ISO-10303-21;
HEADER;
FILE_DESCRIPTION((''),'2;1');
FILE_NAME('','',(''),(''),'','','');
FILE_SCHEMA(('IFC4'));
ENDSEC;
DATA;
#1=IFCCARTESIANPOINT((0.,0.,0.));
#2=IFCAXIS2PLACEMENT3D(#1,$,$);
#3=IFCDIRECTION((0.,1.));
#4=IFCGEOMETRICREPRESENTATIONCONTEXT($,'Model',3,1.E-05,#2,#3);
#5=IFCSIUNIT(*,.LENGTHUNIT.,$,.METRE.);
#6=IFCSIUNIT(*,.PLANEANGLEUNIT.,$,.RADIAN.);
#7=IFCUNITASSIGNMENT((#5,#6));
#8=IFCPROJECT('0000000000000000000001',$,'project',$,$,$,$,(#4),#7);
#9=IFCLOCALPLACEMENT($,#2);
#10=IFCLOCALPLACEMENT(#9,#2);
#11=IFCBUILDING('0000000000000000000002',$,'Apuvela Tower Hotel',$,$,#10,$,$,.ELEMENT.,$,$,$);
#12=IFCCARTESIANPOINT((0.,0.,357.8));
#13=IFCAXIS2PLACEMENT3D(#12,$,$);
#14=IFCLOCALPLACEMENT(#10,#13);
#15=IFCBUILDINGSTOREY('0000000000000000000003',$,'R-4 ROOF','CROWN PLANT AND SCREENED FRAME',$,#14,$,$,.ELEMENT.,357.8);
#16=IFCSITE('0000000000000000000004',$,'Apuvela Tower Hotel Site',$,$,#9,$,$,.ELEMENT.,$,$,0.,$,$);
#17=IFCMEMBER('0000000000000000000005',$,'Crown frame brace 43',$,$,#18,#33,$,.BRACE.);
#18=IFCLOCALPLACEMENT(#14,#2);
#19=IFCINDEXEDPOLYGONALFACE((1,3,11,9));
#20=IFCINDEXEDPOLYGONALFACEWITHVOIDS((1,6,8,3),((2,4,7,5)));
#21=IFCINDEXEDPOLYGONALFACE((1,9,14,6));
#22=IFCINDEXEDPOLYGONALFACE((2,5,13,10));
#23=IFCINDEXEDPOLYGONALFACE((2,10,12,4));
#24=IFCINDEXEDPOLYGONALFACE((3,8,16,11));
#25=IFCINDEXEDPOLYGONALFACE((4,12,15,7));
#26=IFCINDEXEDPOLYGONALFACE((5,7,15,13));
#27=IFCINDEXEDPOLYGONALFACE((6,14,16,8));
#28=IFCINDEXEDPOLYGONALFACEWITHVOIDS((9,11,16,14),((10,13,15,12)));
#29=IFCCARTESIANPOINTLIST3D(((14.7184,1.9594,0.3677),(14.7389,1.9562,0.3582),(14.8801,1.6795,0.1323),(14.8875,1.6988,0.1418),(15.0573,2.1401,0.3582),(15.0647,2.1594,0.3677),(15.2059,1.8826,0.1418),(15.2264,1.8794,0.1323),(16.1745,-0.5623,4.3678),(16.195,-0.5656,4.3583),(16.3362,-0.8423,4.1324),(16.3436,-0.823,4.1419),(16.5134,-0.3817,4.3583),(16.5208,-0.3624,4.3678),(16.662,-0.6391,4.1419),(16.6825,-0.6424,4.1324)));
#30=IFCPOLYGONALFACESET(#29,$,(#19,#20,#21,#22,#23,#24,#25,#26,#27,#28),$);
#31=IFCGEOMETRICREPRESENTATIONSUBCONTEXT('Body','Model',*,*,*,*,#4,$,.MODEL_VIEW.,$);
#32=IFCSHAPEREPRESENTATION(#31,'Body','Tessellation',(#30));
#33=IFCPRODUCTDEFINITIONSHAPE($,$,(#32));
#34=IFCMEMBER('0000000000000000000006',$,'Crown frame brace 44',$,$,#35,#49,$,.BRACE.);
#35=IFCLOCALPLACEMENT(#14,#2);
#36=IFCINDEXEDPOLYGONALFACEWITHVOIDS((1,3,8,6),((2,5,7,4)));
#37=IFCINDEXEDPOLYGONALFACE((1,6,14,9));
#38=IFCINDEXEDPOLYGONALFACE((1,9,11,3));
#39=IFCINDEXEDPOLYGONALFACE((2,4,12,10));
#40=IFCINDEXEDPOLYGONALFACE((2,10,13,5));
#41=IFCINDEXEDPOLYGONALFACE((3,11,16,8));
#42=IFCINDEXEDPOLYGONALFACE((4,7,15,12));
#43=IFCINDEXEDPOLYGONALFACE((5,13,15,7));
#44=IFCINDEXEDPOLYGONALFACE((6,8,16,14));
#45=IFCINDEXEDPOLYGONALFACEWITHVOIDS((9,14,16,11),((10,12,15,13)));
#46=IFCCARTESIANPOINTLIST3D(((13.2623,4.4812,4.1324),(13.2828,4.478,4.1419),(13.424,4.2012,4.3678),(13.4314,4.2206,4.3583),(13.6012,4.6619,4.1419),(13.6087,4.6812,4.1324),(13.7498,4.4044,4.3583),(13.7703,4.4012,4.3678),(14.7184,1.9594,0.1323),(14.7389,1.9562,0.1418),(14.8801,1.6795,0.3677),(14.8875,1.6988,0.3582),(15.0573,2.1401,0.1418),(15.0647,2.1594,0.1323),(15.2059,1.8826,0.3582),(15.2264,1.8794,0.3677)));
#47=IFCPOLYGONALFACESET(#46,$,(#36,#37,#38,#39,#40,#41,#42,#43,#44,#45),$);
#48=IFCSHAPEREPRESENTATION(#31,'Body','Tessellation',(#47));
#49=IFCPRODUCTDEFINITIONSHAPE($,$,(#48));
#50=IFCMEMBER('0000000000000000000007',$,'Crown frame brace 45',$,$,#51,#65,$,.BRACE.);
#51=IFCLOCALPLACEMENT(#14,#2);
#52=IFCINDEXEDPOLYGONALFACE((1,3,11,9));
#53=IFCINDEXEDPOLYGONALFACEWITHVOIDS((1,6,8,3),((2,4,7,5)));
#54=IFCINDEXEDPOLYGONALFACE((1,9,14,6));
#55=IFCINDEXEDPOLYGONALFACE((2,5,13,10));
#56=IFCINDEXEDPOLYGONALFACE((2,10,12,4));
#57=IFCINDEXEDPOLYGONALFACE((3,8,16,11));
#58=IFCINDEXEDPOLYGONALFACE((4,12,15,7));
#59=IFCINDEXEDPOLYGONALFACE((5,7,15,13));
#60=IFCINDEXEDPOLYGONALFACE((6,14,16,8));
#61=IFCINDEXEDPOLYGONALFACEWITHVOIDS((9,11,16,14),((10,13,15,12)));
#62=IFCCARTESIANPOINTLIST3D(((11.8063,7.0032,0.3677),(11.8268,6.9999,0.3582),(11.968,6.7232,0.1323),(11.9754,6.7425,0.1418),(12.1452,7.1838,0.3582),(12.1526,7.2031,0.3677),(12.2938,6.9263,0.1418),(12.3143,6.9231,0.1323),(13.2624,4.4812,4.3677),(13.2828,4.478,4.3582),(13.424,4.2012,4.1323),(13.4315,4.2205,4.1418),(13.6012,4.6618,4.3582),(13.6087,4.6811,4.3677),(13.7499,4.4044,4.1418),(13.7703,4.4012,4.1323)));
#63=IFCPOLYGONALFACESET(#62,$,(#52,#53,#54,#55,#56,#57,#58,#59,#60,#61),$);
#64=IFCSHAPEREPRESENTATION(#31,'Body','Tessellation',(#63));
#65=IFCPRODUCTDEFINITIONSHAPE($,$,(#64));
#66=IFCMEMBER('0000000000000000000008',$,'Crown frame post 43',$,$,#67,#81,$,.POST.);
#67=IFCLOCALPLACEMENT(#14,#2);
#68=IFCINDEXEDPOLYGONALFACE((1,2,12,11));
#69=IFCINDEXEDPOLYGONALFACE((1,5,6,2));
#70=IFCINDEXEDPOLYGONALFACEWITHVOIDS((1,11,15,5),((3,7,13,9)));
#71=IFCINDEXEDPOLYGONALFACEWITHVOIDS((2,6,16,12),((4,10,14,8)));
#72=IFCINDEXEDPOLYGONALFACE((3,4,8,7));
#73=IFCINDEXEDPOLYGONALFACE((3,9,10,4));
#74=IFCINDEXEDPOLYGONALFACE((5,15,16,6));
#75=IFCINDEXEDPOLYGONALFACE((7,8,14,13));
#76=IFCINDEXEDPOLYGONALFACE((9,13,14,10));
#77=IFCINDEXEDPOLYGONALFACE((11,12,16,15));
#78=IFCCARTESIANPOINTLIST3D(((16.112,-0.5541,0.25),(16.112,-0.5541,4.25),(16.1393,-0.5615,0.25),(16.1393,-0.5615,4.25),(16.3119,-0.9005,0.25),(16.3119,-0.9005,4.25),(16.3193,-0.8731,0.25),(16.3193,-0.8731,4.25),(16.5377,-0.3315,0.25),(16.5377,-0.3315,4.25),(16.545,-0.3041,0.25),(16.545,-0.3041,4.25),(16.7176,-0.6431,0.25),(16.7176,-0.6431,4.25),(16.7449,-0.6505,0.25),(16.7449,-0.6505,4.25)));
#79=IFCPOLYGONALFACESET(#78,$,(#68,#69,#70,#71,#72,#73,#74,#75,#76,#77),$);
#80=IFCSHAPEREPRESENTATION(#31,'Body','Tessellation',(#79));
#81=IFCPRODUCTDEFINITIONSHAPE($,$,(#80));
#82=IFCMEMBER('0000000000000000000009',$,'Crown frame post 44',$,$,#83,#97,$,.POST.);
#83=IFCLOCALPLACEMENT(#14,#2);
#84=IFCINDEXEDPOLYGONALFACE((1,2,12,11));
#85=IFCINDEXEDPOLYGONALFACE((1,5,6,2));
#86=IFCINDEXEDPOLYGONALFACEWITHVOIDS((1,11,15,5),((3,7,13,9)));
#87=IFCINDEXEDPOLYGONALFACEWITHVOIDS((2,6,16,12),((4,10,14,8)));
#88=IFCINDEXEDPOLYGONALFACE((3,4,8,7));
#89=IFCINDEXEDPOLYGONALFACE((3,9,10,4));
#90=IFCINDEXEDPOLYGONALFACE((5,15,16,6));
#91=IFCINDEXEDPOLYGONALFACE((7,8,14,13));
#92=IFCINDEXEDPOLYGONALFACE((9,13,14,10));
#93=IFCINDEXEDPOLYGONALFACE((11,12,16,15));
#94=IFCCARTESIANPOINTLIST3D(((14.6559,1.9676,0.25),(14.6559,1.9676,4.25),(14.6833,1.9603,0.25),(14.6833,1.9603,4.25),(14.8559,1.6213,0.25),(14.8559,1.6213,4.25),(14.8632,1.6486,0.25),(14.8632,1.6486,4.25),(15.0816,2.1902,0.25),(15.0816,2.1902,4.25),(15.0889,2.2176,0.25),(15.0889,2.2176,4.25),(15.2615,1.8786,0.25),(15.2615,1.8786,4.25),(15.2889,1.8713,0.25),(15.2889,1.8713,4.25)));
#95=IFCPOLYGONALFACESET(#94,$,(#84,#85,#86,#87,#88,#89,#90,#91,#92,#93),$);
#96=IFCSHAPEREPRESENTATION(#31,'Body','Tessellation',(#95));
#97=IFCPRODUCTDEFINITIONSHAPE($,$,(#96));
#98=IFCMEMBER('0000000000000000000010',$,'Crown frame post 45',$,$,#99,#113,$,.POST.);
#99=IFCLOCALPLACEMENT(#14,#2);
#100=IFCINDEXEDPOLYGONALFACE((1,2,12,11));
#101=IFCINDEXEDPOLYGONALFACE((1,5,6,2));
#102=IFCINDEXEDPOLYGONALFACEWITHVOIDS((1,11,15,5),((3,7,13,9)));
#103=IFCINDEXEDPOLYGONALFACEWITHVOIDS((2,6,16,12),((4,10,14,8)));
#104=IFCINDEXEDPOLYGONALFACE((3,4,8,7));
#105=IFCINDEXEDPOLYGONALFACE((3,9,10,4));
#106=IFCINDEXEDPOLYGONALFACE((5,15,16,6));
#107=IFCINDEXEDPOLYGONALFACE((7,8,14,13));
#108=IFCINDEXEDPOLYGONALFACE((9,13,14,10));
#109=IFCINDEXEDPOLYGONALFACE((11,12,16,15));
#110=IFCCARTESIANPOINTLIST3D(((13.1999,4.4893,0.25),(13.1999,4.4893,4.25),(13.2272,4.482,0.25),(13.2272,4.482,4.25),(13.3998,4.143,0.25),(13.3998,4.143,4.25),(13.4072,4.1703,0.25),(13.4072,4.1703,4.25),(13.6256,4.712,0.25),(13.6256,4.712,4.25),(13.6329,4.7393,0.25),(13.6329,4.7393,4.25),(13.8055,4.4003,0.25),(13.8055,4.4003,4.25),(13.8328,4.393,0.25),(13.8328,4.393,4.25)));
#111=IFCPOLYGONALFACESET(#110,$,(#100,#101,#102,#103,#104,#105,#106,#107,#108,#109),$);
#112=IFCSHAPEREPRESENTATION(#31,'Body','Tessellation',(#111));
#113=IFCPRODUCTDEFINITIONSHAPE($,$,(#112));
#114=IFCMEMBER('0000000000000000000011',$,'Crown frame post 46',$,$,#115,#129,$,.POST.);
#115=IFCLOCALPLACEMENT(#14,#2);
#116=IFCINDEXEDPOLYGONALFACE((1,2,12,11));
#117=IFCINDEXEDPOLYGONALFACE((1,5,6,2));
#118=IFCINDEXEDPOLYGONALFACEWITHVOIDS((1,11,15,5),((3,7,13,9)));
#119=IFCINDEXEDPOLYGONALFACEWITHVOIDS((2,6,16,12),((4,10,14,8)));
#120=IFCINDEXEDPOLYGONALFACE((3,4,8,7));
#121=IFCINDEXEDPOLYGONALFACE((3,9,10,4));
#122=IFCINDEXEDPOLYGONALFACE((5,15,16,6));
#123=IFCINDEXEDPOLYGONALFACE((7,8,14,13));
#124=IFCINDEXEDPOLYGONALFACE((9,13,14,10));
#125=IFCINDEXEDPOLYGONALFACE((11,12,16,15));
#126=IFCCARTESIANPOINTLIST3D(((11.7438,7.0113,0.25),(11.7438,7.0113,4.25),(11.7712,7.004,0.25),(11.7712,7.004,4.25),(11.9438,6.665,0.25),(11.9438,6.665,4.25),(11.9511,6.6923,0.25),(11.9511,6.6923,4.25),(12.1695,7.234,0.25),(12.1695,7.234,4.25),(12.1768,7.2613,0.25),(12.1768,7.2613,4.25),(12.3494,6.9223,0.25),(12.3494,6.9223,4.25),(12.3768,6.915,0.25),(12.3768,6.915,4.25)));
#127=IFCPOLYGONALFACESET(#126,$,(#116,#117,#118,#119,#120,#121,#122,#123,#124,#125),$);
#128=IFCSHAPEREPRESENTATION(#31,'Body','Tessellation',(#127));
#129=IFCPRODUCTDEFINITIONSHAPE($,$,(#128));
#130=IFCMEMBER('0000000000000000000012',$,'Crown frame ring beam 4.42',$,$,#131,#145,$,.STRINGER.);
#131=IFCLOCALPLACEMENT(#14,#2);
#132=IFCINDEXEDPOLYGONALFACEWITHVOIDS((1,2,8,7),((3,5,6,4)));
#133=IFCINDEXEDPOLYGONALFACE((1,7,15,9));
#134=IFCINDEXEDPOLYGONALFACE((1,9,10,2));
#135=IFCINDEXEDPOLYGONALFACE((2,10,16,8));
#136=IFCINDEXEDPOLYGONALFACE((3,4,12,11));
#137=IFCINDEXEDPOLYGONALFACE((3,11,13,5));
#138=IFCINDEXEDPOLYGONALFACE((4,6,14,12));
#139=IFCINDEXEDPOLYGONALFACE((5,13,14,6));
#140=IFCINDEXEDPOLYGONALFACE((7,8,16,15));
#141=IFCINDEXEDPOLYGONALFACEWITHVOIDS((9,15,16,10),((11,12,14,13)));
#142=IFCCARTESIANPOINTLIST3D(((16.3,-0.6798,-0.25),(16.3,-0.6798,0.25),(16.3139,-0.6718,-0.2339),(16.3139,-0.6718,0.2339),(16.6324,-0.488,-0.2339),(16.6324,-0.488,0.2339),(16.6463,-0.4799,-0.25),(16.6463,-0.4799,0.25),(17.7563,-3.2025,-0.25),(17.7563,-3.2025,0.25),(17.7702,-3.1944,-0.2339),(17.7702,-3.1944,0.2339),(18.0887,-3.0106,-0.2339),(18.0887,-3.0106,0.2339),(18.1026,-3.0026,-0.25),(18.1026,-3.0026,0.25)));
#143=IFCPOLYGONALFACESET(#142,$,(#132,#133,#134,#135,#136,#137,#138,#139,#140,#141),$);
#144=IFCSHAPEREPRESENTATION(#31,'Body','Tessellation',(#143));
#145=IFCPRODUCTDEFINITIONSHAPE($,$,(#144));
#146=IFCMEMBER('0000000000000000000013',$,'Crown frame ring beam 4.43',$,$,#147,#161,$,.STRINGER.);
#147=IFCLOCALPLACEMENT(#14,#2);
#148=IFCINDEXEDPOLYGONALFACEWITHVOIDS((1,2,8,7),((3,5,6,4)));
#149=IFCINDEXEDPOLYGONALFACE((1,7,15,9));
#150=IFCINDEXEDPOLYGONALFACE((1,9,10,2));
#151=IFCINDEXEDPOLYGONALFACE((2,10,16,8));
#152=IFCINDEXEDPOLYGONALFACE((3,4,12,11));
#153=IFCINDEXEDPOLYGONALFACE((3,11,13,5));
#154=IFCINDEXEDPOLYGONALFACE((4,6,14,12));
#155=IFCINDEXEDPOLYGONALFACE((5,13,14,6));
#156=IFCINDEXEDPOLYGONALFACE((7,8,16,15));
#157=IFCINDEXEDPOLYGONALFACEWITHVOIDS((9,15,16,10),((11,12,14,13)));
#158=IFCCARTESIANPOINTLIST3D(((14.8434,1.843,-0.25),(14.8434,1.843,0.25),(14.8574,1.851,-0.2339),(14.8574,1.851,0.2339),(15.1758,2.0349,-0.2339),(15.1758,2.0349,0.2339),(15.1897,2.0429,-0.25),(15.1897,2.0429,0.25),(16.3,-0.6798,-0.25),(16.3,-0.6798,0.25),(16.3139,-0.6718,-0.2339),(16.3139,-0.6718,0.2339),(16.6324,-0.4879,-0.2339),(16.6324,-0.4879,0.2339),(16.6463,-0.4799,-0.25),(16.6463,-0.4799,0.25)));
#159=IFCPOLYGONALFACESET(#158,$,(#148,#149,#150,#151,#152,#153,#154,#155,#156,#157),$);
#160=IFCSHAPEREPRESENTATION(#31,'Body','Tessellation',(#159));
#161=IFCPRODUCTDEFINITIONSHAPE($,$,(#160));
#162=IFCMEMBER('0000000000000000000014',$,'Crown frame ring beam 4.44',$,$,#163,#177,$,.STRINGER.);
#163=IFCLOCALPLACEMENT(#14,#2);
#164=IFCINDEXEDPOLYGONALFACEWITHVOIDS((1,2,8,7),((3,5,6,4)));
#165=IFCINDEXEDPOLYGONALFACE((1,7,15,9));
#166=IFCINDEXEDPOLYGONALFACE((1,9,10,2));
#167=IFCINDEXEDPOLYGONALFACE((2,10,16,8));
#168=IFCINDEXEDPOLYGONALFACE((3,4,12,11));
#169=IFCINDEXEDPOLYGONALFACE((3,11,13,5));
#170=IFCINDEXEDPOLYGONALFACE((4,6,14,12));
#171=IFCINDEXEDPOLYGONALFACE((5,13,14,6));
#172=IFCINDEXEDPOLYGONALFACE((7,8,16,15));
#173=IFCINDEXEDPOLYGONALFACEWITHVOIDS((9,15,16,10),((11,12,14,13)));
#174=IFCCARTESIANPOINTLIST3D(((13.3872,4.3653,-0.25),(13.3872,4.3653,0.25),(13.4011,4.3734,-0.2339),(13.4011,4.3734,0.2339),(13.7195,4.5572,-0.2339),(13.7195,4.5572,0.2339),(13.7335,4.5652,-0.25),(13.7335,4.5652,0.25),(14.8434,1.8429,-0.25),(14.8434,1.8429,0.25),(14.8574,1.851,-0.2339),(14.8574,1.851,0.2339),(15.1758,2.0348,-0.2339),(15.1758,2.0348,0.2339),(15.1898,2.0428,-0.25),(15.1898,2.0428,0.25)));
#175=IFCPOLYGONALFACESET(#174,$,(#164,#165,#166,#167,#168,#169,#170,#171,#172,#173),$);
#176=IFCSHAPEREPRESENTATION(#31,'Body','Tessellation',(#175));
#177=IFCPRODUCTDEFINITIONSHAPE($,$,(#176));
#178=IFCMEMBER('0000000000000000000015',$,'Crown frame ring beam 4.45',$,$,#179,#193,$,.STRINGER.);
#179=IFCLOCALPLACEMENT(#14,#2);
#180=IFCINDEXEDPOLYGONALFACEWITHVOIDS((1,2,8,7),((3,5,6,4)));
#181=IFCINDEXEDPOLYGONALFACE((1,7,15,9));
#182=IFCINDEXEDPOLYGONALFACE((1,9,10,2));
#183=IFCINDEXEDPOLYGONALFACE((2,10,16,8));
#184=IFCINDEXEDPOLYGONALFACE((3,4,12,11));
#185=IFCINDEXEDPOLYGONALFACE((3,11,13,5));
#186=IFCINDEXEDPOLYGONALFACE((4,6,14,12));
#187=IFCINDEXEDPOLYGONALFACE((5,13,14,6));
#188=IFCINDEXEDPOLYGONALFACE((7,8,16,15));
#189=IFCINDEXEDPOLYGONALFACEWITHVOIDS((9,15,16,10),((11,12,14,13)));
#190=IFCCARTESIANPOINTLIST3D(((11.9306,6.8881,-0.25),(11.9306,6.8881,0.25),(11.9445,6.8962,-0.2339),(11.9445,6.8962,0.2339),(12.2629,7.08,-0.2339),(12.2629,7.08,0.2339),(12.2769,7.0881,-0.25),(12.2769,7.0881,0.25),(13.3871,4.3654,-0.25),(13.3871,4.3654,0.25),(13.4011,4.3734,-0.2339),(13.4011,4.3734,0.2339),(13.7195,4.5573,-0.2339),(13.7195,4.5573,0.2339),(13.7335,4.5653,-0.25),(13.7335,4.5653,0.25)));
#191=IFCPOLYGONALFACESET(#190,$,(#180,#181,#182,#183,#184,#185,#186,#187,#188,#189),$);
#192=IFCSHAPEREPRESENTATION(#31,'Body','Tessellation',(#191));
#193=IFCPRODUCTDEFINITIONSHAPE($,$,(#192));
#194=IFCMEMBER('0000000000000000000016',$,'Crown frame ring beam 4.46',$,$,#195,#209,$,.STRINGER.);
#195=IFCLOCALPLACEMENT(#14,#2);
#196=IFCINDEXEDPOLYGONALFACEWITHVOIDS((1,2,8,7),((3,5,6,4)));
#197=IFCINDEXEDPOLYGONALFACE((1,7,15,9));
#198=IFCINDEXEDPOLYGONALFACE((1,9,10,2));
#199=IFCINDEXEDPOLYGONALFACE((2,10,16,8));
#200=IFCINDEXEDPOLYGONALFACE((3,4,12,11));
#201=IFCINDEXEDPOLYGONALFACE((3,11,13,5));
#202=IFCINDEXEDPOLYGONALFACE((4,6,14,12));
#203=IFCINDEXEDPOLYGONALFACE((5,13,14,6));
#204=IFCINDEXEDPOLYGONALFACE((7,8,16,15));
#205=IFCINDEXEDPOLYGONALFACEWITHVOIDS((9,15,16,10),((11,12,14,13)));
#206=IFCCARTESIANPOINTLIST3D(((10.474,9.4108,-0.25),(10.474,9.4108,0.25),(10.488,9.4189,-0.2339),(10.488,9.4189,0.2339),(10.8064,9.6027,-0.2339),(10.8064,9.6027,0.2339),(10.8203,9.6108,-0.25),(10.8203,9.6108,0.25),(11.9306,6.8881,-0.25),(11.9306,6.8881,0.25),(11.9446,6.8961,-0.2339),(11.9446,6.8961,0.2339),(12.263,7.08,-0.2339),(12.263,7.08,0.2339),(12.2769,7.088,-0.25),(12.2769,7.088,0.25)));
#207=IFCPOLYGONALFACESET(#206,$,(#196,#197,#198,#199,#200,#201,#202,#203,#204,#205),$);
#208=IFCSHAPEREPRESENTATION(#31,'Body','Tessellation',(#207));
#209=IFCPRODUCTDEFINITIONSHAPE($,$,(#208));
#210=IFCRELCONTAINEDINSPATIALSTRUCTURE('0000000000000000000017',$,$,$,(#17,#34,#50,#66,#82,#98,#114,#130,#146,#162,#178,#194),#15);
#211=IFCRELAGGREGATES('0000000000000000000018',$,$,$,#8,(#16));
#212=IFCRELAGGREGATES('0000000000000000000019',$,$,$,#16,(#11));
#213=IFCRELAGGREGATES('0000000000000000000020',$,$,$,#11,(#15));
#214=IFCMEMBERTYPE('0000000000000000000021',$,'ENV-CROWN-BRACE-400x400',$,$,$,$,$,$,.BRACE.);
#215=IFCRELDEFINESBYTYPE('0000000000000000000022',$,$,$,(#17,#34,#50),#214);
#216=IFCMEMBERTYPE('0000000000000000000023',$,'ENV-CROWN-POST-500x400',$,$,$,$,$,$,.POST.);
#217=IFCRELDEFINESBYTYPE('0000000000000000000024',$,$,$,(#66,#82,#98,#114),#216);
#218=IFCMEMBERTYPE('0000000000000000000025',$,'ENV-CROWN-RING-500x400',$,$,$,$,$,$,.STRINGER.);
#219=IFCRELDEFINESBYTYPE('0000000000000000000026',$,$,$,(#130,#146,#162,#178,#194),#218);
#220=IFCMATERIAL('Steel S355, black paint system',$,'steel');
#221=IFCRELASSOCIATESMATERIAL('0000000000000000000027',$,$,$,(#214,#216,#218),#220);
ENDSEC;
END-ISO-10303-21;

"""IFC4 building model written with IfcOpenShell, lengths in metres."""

from ifc_helpers import new_model, si_unit, direction, frame, origin, origin_2d, place, context, subcontext, project, spatial, hollow_rectangle, extrude, material, material_profile, profile_set, type_object, element, save


model = new_model("IFC4")

# Units and contexts
model_context = context("Model", 3, precision=1e-05, world=origin(), true_north=direction((0.0, 1.0)))
body_context = subcontext(model_context, "Body", "Model", "MODEL_VIEW")
ifc_project = project(units=[si_unit("LENGTHUNIT", "METRE"), si_unit("PLANEANGLEUNIT", "RADIAN")], contexts=[model_context])

# Site, building, storey
site_placement = place(None, origin())
site = spatial("IfcSite", under=ifc_project, at=site_placement, Name="Apuvela Tower Hotel Site", CompositionType="ELEMENT", RefElevation=0.0)
building_placement = place(site_placement, origin())
building = spatial("IfcBuilding", under=site, at=building_placement, Name="Apuvela Tower Hotel", CompositionType="ELEMENT")
storey_placement = place(building_placement, frame((0.0, 0.0, 357.8)))
storey = spatial("IfcBuildingStorey", under=building, at=storey_placement, Name="R-4 ROOF", Description="CROWN PLANT AND SCREENED FRAME", CompositionType="ELEMENT", Elevation=357.8)

# Members
ifc_material_1 = material(Name="Steel S355, black paint system", Category="steel")
ifc_material_profile_1 = material_profile(ifc_material_1, hollow_rectangle(XDim=0.3999, YDim=0.3999, WallThickness=0.0161, at=origin_2d()), Name="HSS 400x400x16")
ifc_profile_set_1 = profile_set([ifc_material_profile_1], Name="Steel S355, black paint system")
member_type_1 = type_object("IfcMemberType", Name="ENV-CROWN-BRACE-400x400", PredefinedType="BRACE", material=ifc_profile_set_1)
for number, where, z_axis, x_axis, name in (
    (1, (14.9724, 1.9194, 0.25), (0.294292, -0.509682, 0.808465), (0.866005, 0.500035, 0.0), "Crown frame brace 43"),
    (2, (14.9724, 1.9194, 0.25), (-0.294292, 0.509682, 0.808465), (-0.866005, -0.500035, 0.0), "Crown frame brace 44"),
    (3, (12.0603, 6.9631, 0.25), (0.294285, -0.509719, 0.808445), (0.866026, 0.499998, 0.0), "Crown frame brace 45"),
):
    element("IfcMember", number, at=place(storey_placement, frame(where, z_axis=z_axis, x_axis=x_axis)), inside=storey, type_object=member_type_1, Name=name, PredefinedType="BRACE", context=body_context, shape_type="SweptSolid", body=[
        extrude(hollow_rectangle(XDim=0.3999, YDim=0.3999, WallThickness=0.0161, at=origin_2d()), origin(), (0.0, 0.0, 1.0), 4.9478),
    ])
ifc_material_profile_2 = material_profile(ifc_material_1, hollow_rectangle(XDim=0.3999, YDim=0.5, WallThickness=0.02, at=origin_2d()), Name="HSS 500x400x20")
ifc_profile_set_2 = profile_set([ifc_material_profile_2], Name="Steel S355, black paint system")
member_type_2 = type_object("IfcMemberType", Name="ENV-CROWN-POST-500x400", PredefinedType="POST", material=ifc_profile_set_2)
for number, where, z_axis, x_axis, name in (
    (4, (16.4285, -0.6023, 0.25), (0.0, 0.0, 1.0), (-0.5, 0.866025, 0.0), "Crown frame post 43"),
    (5, (14.9724, 1.9194, 0.25), (0.0, 0.0, 1.0), (-0.5, 0.866025, 0.0), "Crown frame post 44"),
    (6, (13.5164, 4.4412, 0.25), (0.0, 0.0, 1.0), (-0.5, 0.866025, 0.0), "Crown frame post 45"),
    (7, (12.0603, 6.9631, 0.25), (0.0, 0.0, 1.0), (-0.5, 0.866025, 0.0), "Crown frame post 46"),
):
    element("IfcMember", number, at=place(storey_placement, frame(where, z_axis=z_axis, x_axis=x_axis)), inside=storey, type_object=member_type_2, Name=name, PredefinedType="POST", context=body_context, shape_type="SweptSolid", body=[
        extrude(hollow_rectangle(XDim=0.3999, YDim=0.5, WallThickness=0.02, at=origin_2d()), origin(), (0.0, 0.0, 1.0), 4.0),
    ])
ifc_material_profile_3 = material_profile(ifc_material_1, hollow_rectangle(XDim=0.3999, YDim=0.5, WallThickness=0.0161, at=origin_2d()), Name="HSS 500x400x16")
ifc_profile_set_3 = profile_set([ifc_material_profile_3], Name="Steel S355, black paint system")
member_type_3 = type_object("IfcMemberType", Name="ENV-CROWN-RING-500x400", PredefinedType="STRINGER", material=ifc_profile_set_3)
member_1_placement = place(storey_placement, frame((17.9294, -3.1025, 0.0), z_axis=(-0.499952, 0.866053, 0.0), x_axis=(-0.866053, -0.499952, 0.0)))
element("IfcMember", 8, at=member_1_placement, inside=storey, type_object=member_type_3, Name="Crown frame ring beam 4.42", PredefinedType="STRINGER", context=body_context, shape_type="SweptSolid", body=[
    extrude(hollow_rectangle(XDim=0.3999, YDim=0.5, WallThickness=0.0161, at=origin_2d()), origin(), (0.0, 0.0, 1.0), 2.9128),
])
member_2_placement = place(storey_placement, frame((16.4731, -0.5798, 0.0), z_axis=(-0.500015, 0.866017, 0.0), x_axis=(-0.866017, -0.500015, 0.0)))
element("IfcMember", 9, at=member_2_placement, inside=storey, type_object=member_type_3, Name="Crown frame ring beam 4.43", PredefinedType="STRINGER", context=body_context, shape_type="SweptSolid", body=[
    extrude(hollow_rectangle(XDim=0.3999, YDim=0.5, WallThickness=0.0161, at=origin_2d()), origin(), (0.0, 0.0, 1.0), 2.9131),
])
member_3_placement = place(storey_placement, frame((15.0166, 1.9429, 0.0), z_axis=(-0.499988, 0.866032, 0.0), x_axis=(-0.866032, -0.499988, 0.0)))
element("IfcMember", 10, at=member_3_placement, inside=storey, type_object=member_type_3, Name="Crown frame ring beam 4.44", PredefinedType="STRINGER", context=body_context, shape_type="SweptSolid", body=[
    extrude(hollow_rectangle(XDim=0.3999, YDim=0.5, WallThickness=0.0161, at=origin_2d()), origin(), (0.0, 0.0, 1.0), 2.9126),
])
for number, where, z_axis, x_axis, name in (
    (11, (13.5603, 4.4653, 0.0), (-0.500015, 0.866017, 0.0), (-0.866017, -0.500015, 0.0), "Crown frame ring beam 4.45"),
    (12, (12.1038, 6.988, 0.0), (-0.500015, 0.866017, 0.0), (-0.866017, -0.500015, 0.0), "Crown frame ring beam 4.46"),
):
    element("IfcMember", number, at=place(storey_placement, frame(where, z_axis=z_axis, x_axis=x_axis)), inside=storey, type_object=member_type_3, Name=name, PredefinedType="STRINGER", context=body_context, shape_type="SweptSolid", body=[
        extrude(hollow_rectangle(XDim=0.3999, YDim=0.5, WallThickness=0.0161, at=origin_2d()), origin(), (0.0, 0.0, 1.0), 2.9131),
    ])

save(model, "model.ifc")
